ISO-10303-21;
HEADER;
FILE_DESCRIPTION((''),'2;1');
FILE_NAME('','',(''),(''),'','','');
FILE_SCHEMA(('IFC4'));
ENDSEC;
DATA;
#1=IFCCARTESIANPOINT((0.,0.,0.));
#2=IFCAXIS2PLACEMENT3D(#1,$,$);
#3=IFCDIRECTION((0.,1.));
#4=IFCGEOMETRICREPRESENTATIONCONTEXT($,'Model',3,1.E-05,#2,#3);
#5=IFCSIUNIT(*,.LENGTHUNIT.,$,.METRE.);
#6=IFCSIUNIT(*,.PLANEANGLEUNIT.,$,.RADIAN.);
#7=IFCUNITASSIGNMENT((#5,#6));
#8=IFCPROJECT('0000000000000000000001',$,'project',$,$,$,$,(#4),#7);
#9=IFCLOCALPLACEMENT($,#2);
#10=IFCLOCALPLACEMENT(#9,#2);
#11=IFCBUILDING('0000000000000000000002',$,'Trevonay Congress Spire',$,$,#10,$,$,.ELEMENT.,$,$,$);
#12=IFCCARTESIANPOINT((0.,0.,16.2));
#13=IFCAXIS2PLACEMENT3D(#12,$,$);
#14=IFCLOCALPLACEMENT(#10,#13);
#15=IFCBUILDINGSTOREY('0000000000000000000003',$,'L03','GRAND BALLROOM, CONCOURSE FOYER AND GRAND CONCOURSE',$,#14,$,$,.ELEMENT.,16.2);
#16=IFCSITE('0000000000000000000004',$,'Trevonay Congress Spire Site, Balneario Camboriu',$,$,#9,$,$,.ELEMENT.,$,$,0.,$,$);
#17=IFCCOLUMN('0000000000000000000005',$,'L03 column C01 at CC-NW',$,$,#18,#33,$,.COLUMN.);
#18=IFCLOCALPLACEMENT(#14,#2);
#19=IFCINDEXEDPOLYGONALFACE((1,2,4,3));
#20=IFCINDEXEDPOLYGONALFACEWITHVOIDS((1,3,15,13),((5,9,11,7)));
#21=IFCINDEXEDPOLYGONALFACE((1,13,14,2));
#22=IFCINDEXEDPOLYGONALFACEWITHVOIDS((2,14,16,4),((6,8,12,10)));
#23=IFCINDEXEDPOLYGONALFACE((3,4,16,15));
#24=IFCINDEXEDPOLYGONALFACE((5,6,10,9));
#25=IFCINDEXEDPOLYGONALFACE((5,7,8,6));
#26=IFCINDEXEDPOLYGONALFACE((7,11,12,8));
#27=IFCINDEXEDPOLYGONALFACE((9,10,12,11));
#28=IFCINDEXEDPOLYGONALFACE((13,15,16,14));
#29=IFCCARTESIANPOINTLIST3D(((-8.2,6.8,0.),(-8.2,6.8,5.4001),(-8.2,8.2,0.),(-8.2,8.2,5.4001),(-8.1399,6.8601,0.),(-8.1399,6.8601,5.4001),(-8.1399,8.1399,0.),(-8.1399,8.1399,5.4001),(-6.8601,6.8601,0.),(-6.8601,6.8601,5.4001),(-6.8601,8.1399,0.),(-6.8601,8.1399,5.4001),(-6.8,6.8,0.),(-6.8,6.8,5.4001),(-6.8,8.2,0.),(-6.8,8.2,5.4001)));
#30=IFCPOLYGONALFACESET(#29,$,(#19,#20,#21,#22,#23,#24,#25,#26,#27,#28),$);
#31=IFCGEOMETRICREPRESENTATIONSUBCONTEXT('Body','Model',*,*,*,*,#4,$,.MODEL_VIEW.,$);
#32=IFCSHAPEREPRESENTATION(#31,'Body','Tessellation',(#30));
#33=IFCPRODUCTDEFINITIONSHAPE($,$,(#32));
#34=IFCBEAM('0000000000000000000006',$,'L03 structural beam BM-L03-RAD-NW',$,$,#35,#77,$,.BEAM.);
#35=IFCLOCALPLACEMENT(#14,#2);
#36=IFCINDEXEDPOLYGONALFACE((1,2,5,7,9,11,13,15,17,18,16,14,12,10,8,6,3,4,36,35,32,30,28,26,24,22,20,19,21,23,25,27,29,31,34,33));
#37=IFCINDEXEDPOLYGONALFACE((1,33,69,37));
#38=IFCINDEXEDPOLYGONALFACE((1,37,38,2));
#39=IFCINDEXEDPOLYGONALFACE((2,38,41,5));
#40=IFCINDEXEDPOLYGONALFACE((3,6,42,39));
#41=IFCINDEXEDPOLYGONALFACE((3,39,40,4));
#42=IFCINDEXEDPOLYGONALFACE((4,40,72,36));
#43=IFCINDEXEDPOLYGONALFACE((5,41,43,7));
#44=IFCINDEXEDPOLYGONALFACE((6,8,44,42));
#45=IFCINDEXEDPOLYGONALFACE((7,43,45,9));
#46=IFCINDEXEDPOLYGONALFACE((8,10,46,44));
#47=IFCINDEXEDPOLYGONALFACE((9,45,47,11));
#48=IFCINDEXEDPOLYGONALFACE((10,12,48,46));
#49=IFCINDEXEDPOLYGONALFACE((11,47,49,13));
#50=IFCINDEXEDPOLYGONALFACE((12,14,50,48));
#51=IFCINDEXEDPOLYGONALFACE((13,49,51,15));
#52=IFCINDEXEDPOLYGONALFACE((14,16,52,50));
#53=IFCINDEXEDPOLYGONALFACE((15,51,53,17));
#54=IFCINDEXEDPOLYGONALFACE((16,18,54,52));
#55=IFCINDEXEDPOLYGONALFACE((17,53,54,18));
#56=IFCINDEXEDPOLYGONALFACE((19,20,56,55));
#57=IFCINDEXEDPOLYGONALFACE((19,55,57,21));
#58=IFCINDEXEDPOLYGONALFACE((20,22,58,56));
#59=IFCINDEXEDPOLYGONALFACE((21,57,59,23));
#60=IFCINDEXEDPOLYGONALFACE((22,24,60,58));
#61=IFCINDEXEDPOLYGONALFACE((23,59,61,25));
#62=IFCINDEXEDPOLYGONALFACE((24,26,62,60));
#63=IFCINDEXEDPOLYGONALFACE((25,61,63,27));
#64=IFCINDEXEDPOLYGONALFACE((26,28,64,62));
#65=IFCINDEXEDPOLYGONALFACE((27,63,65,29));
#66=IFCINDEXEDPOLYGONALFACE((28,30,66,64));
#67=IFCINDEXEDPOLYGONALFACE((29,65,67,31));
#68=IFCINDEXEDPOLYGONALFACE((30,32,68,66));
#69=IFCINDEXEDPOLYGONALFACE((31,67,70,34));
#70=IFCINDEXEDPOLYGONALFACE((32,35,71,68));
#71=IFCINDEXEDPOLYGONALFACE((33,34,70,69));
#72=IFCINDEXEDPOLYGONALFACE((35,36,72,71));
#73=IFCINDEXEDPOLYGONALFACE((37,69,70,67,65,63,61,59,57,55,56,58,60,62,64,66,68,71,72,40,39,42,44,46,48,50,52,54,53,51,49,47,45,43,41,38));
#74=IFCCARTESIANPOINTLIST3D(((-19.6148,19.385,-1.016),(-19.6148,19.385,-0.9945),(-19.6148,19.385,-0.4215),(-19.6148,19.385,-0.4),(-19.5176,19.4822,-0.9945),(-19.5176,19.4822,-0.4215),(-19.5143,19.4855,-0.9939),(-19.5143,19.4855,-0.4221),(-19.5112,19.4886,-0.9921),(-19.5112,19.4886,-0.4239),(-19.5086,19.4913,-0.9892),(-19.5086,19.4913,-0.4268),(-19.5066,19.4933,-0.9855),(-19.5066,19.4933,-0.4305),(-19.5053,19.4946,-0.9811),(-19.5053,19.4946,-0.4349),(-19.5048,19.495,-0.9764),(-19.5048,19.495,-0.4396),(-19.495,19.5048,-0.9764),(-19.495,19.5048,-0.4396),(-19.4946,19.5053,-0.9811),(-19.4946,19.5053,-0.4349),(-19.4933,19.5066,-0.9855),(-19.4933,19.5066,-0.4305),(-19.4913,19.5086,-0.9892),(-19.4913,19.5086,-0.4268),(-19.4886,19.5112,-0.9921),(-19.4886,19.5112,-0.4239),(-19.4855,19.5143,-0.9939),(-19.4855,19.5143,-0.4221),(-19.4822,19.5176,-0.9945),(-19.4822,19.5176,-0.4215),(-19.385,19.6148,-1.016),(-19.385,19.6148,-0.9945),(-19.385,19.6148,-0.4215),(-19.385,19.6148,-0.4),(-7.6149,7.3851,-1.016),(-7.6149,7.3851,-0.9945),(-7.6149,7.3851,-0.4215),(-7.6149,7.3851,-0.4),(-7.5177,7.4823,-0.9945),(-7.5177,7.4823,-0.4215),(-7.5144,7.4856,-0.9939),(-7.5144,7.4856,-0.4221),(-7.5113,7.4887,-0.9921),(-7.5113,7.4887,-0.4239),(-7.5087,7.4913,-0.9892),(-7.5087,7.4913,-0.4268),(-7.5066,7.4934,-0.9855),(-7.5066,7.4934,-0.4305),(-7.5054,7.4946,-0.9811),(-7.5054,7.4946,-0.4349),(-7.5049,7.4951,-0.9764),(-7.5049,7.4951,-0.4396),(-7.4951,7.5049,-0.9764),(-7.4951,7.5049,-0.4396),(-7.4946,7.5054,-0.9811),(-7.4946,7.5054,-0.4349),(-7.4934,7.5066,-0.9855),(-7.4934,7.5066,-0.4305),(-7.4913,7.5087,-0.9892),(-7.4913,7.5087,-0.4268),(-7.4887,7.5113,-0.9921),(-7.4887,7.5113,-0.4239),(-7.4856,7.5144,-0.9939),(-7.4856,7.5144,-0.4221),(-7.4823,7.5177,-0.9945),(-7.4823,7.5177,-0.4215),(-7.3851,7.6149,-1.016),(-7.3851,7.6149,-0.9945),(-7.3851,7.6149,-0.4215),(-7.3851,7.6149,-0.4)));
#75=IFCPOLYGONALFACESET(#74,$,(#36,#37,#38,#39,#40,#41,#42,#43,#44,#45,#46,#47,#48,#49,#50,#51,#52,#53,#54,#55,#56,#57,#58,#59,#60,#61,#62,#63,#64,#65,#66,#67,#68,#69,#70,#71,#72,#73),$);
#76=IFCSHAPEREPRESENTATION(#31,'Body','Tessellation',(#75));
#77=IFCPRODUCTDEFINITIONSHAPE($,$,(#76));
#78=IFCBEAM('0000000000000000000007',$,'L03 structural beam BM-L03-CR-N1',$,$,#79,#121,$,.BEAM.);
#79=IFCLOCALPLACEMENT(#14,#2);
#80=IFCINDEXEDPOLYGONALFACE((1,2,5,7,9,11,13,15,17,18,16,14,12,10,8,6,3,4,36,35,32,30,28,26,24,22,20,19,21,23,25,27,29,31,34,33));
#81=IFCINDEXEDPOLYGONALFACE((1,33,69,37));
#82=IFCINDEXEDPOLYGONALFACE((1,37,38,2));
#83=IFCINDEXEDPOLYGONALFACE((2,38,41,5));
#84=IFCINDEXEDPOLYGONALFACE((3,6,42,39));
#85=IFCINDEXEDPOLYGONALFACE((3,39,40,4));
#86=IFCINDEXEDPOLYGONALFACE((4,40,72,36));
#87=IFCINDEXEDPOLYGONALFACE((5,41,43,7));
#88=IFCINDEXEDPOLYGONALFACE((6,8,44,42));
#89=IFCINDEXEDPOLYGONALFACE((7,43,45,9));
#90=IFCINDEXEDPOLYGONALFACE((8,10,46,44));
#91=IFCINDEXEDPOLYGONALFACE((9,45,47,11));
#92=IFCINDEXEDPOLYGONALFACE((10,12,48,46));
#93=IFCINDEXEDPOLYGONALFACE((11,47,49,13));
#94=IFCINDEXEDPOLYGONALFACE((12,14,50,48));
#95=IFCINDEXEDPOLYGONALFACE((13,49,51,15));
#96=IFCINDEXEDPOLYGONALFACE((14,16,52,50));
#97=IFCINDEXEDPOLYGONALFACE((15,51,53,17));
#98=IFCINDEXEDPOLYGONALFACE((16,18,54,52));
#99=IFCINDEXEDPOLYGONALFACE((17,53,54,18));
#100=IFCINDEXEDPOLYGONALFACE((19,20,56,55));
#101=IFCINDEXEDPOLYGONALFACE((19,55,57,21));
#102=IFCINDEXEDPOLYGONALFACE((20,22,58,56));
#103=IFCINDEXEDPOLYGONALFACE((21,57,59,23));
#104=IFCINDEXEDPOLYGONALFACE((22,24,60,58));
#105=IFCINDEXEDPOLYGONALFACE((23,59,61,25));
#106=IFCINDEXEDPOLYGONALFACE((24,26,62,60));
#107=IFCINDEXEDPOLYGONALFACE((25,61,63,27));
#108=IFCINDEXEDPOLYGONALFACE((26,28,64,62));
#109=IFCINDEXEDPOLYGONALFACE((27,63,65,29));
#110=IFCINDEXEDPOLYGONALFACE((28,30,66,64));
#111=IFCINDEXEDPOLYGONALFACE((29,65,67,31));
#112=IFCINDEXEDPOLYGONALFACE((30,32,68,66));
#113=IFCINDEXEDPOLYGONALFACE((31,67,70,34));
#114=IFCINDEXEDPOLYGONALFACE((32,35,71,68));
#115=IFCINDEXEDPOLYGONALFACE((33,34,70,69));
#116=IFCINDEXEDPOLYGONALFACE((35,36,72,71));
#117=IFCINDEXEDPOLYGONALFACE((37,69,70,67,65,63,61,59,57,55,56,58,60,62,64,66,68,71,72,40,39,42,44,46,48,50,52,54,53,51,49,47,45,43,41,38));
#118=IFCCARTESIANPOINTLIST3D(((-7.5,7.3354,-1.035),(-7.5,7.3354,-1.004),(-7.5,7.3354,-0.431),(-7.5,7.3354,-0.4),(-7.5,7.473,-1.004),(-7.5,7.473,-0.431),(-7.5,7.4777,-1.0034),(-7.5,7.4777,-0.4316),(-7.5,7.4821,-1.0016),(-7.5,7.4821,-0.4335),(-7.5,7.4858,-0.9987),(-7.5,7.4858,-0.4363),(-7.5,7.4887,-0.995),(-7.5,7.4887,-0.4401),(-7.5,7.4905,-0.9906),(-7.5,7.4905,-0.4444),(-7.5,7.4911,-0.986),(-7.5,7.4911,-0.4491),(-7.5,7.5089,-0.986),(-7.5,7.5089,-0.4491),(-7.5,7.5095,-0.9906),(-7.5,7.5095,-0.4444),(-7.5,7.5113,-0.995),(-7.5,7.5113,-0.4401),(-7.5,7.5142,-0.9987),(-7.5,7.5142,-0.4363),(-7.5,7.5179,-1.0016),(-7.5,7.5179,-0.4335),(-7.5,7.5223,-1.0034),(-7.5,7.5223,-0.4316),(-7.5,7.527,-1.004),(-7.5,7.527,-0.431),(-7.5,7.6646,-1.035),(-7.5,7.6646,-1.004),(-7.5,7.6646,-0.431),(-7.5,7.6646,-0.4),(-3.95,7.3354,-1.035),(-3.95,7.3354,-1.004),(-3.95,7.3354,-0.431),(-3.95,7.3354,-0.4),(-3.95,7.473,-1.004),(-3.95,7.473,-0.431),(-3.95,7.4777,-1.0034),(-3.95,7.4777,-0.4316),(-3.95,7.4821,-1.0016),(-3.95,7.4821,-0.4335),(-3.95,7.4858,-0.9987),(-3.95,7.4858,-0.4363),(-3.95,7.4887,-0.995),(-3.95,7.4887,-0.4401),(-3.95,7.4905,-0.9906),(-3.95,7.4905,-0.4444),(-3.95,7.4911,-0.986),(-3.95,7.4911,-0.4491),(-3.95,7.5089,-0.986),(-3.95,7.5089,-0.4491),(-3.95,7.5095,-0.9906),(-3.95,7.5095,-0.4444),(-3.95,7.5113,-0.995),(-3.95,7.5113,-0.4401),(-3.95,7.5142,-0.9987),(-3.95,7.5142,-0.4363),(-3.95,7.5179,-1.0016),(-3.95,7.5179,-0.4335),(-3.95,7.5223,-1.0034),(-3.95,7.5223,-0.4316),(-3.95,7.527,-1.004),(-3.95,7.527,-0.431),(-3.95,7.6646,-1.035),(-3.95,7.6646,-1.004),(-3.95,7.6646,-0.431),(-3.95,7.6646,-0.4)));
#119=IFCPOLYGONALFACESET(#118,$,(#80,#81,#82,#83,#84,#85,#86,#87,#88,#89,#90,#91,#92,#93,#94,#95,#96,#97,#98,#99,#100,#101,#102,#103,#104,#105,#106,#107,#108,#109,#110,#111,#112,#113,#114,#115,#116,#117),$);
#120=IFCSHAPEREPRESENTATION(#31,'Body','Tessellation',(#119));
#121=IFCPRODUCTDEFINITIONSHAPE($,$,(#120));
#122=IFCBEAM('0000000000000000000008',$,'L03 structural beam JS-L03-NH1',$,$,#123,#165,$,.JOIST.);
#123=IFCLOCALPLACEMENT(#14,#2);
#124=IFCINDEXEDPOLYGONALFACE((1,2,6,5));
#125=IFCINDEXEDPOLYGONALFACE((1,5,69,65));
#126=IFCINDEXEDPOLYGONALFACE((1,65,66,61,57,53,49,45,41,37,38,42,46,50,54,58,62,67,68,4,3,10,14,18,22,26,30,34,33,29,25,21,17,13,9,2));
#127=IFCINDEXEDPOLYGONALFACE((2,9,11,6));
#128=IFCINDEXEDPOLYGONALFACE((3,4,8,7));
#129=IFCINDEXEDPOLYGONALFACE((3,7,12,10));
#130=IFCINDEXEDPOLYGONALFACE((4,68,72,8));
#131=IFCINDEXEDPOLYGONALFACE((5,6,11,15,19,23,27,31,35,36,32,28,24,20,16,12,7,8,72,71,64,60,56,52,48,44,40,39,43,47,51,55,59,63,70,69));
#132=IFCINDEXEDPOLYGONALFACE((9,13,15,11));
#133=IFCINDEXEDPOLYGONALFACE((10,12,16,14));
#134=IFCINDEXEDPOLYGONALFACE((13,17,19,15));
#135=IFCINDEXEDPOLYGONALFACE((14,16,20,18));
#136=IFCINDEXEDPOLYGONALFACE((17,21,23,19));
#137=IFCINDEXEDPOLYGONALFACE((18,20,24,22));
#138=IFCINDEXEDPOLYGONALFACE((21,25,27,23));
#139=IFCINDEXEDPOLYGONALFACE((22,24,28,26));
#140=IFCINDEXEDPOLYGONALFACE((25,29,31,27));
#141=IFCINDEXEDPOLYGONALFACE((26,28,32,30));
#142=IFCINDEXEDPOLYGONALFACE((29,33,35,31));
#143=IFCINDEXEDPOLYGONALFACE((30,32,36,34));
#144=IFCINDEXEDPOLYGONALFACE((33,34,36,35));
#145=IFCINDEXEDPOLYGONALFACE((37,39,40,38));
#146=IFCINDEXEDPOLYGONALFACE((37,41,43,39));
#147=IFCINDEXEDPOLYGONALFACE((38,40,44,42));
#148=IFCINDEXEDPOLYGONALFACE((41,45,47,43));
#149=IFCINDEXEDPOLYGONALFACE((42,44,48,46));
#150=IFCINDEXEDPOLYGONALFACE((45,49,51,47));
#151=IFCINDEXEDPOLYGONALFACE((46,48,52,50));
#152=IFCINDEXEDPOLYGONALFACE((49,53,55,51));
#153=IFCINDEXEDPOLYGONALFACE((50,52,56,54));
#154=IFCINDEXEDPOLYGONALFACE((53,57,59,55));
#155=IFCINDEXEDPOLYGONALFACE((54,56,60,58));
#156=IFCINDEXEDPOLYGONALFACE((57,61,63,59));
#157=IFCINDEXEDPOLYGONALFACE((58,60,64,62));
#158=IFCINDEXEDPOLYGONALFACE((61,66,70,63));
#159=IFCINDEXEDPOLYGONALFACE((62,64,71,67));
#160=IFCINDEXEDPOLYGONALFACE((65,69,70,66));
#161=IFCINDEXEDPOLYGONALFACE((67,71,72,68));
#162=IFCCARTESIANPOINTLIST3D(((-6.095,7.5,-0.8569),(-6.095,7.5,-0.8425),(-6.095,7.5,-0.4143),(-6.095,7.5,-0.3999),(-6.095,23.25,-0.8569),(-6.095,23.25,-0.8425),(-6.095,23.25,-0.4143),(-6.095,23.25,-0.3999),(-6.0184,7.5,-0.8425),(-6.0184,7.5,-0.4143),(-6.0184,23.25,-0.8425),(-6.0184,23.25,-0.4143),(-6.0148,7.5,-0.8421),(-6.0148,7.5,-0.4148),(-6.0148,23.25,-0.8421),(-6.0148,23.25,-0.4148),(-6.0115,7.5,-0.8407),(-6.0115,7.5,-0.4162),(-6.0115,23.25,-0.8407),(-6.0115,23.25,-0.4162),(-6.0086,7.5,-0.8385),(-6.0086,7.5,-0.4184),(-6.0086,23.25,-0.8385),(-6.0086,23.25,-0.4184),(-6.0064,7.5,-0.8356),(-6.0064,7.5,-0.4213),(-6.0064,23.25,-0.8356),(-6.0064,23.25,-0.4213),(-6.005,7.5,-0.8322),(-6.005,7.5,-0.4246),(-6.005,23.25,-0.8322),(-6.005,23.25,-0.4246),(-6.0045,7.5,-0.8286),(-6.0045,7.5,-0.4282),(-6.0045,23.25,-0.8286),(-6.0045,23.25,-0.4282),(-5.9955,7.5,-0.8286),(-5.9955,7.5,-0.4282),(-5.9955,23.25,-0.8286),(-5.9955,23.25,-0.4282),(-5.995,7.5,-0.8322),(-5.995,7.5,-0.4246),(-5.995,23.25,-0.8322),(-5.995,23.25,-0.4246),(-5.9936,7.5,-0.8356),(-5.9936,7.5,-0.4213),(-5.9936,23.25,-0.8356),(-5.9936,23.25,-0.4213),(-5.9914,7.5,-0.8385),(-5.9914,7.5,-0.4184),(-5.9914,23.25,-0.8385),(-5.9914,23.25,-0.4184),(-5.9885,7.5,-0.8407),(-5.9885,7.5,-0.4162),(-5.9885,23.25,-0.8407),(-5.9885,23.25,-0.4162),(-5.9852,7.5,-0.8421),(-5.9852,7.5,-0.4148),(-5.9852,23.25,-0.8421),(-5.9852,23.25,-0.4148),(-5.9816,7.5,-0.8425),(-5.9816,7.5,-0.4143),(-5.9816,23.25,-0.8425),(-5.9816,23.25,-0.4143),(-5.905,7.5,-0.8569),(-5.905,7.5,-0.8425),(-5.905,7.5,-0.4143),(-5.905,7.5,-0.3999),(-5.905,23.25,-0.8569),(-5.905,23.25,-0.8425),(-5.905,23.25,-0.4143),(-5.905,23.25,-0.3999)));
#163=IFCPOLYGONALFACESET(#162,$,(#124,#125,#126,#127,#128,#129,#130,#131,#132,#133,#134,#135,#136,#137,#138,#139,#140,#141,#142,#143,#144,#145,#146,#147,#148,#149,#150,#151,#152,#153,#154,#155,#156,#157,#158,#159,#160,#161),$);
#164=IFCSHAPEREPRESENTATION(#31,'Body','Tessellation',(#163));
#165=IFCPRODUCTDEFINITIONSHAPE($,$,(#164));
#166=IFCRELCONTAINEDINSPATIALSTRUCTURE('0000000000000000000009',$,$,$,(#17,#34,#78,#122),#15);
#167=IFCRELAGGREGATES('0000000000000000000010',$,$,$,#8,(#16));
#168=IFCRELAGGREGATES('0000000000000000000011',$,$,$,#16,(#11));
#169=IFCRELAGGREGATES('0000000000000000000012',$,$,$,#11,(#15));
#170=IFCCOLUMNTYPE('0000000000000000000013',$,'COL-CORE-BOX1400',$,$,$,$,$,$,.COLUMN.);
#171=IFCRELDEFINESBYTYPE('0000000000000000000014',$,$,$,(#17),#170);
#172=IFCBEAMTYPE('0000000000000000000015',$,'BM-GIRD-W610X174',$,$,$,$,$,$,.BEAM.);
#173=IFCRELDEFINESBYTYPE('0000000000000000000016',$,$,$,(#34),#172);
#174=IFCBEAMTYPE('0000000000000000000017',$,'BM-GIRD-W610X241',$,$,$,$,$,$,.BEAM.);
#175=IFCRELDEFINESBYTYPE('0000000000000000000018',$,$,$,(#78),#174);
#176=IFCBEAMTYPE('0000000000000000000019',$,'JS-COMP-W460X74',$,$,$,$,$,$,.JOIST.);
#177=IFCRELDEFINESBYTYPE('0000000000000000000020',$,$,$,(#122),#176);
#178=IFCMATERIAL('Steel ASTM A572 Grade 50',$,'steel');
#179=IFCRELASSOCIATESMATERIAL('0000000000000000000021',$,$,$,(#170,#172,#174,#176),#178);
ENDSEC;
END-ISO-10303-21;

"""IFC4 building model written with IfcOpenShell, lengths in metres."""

from ifc_helpers import new_model, si_unit, direction, frame, origin, origin_2d, place, context, subcontext, project, spatial, hollow_rectangle, i_section, extrude, material, material_profile, profile_set, type_object, element, save


model = new_model("IFC4")

# Units and contexts
model_context = context("Model", 3, precision=1e-05, world=origin(), true_north=direction((0.0, 1.0)))
body_context = subcontext(model_context, "Body", "Model", "MODEL_VIEW")
ifc_project = project(units=[si_unit("LENGTHUNIT", "METRE"), si_unit("PLANEANGLEUNIT", "RADIAN")], contexts=[model_context])

# Site, building, storey
site_placement = place(None, origin())
site = spatial("IfcSite", under=ifc_project, at=site_placement, Name="Trevonay Congress Spire Site, Balneario Camboriu", CompositionType="ELEMENT", RefElevation=0.0)
building_placement = place(site_placement, origin())
building = spatial("IfcBuilding", under=site, at=building_placement, Name="Trevonay Congress Spire", CompositionType="ELEMENT")
storey_placement = place(building_placement, frame((0.0, 0.0, 16.2)))
storey = spatial("IfcBuildingStorey", under=building, at=storey_placement, Name="L03", Description="GRAND BALLROOM, CONCOURSE FOYER AND GRAND CONCOURSE", CompositionType="ELEMENT", Elevation=16.2)

# Column
ifc_material_1 = material(Name="Steel ASTM A572 Grade 50", Category="steel")
ifc_material_profile_1 = material_profile(ifc_material_1, hollow_rectangle(XDim=1.3999, YDim=1.3999, WallThickness=0.0601, at=origin_2d()), Name="BOX 1400x1400x60")
ifc_profile_set_1 = profile_set([ifc_material_profile_1], Name="Steel ASTM A572 Grade 50")
column_type = type_object("IfcColumnType", Name="COL-CORE-BOX1400", PredefinedType="COLUMN", material=ifc_profile_set_1)
column_placement = place(storey_placement, frame((-7.5, 7.5, 0.0), z_axis=(0.0, 0.0, 1.0), x_axis=(1.0, 0.0, 0.0)))
element("IfcColumn", 1, at=column_placement, inside=storey, type_object=column_type, Name="L03 column C01 at CC-NW", PredefinedType="COLUMN", context=body_context, shape_type="SweptSolid", body=[
    extrude(hollow_rectangle(XDim=1.3999, YDim=1.3999, WallThickness=0.0601, at=origin_2d()), origin(), (0.0, 0.0, 1.0), 5.4001),
])

# Beams
ifc_material_profile_2 = material_profile(ifc_material_1, i_section(OverallWidth=0.325, OverallDepth=0.616, WebThickness=0.0139, FlangeThickness=0.0215, FilletRadius=0.0181, at=origin_2d()), Name="W610x174")
ifc_profile_set_2 = profile_set([ifc_material_profile_2], Name="Steel ASTM A572 Grade 50")
beam_type_1 = type_object("IfcBeamType", Name="BM-GIRD-W610X174", PredefinedType="BEAM", material=ifc_profile_set_2)
beam_1_placement = place(storey_placement, frame((-7.5, 7.5, -0.708), z_axis=(-0.707107, 0.707107, 0.0), x_axis=(-0.707107, -0.707107, 0.0)))
element("IfcBeam", 2, at=beam_1_placement, inside=storey, type_object=beam_type_1, Name="L03 structural beam BM-L03-RAD-NW", PredefinedType="BEAM", context=body_context, shape_type="SweptSolid", body=[
    extrude(i_section(OverallWidth=0.325, OverallDepth=0.616, WebThickness=0.0139, FlangeThickness=0.0215, FilletRadius=0.0181, at=origin_2d()), origin(), (0.0, 0.0, 1.0), 16.9705),
])
ifc_material_profile_3 = material_profile(ifc_material_1, i_section(OverallWidth=0.3291, OverallDepth=0.635, WebThickness=0.0178, FlangeThickness=0.031, FilletRadius=0.0181, at=origin_2d()), Name="W610x241")
ifc_profile_set_3 = profile_set([ifc_material_profile_3], Name="Steel ASTM A572 Grade 50")
beam_type_2 = type_object("IfcBeamType", Name="BM-GIRD-W610X241", PredefinedType="BEAM", material=ifc_profile_set_3)
beam_2_placement = place(storey_placement, frame((-7.5, 7.5, -0.7175), z_axis=(1.0, 0.0, 0.0), x_axis=(0.0, 1.0, 0.0)))
element("IfcBeam", 3, at=beam_2_placement, inside=storey, type_object=beam_type_2, Name="L03 structural beam BM-L03-CR-N1", PredefinedType="BEAM", context=body_context, shape_type="SweptSolid", body=[
    extrude(i_section(OverallWidth=0.3291, OverallDepth=0.635, WebThickness=0.0178, FlangeThickness=0.031, FilletRadius=0.0181, at=origin_2d()), origin(), (0.0, 0.0, 1.0), 3.55),
])
ifc_material_profile_4 = material_profile(ifc_material_1, i_section(OverallWidth=0.1899, OverallDepth=0.457, WebThickness=0.009, FlangeThickness=0.0144, FilletRadius=0.0139, at=origin_2d()), Name="W460x74")
ifc_profile_set_4 = profile_set([ifc_material_profile_4], Name="Steel ASTM A572 Grade 50")
beam_type_3 = type_object("IfcBeamType", Name="JS-COMP-W460X74", PredefinedType="JOIST", material=ifc_profile_set_4)
beam_3_placement = place(storey_placement, frame((-6.0, 7.5, -0.6284), z_axis=(0.0, 1.0, 0.0), x_axis=(-1.0, 0.0, 0.0)))
element("IfcBeam", 4, at=beam_3_placement, inside=storey, type_object=beam_type_3, Name="L03 structural beam JS-L03-NH1", PredefinedType="JOIST", context=body_context, shape_type="SweptSolid", body=[
    extrude(i_section(OverallWidth=0.1899, OverallDepth=0.457, WebThickness=0.009, FlangeThickness=0.0144, FilletRadius=0.0139, at=origin_2d()), origin(), (0.0, 0.0, 1.0), 15.75),
])

save(model, "model.ifc")
